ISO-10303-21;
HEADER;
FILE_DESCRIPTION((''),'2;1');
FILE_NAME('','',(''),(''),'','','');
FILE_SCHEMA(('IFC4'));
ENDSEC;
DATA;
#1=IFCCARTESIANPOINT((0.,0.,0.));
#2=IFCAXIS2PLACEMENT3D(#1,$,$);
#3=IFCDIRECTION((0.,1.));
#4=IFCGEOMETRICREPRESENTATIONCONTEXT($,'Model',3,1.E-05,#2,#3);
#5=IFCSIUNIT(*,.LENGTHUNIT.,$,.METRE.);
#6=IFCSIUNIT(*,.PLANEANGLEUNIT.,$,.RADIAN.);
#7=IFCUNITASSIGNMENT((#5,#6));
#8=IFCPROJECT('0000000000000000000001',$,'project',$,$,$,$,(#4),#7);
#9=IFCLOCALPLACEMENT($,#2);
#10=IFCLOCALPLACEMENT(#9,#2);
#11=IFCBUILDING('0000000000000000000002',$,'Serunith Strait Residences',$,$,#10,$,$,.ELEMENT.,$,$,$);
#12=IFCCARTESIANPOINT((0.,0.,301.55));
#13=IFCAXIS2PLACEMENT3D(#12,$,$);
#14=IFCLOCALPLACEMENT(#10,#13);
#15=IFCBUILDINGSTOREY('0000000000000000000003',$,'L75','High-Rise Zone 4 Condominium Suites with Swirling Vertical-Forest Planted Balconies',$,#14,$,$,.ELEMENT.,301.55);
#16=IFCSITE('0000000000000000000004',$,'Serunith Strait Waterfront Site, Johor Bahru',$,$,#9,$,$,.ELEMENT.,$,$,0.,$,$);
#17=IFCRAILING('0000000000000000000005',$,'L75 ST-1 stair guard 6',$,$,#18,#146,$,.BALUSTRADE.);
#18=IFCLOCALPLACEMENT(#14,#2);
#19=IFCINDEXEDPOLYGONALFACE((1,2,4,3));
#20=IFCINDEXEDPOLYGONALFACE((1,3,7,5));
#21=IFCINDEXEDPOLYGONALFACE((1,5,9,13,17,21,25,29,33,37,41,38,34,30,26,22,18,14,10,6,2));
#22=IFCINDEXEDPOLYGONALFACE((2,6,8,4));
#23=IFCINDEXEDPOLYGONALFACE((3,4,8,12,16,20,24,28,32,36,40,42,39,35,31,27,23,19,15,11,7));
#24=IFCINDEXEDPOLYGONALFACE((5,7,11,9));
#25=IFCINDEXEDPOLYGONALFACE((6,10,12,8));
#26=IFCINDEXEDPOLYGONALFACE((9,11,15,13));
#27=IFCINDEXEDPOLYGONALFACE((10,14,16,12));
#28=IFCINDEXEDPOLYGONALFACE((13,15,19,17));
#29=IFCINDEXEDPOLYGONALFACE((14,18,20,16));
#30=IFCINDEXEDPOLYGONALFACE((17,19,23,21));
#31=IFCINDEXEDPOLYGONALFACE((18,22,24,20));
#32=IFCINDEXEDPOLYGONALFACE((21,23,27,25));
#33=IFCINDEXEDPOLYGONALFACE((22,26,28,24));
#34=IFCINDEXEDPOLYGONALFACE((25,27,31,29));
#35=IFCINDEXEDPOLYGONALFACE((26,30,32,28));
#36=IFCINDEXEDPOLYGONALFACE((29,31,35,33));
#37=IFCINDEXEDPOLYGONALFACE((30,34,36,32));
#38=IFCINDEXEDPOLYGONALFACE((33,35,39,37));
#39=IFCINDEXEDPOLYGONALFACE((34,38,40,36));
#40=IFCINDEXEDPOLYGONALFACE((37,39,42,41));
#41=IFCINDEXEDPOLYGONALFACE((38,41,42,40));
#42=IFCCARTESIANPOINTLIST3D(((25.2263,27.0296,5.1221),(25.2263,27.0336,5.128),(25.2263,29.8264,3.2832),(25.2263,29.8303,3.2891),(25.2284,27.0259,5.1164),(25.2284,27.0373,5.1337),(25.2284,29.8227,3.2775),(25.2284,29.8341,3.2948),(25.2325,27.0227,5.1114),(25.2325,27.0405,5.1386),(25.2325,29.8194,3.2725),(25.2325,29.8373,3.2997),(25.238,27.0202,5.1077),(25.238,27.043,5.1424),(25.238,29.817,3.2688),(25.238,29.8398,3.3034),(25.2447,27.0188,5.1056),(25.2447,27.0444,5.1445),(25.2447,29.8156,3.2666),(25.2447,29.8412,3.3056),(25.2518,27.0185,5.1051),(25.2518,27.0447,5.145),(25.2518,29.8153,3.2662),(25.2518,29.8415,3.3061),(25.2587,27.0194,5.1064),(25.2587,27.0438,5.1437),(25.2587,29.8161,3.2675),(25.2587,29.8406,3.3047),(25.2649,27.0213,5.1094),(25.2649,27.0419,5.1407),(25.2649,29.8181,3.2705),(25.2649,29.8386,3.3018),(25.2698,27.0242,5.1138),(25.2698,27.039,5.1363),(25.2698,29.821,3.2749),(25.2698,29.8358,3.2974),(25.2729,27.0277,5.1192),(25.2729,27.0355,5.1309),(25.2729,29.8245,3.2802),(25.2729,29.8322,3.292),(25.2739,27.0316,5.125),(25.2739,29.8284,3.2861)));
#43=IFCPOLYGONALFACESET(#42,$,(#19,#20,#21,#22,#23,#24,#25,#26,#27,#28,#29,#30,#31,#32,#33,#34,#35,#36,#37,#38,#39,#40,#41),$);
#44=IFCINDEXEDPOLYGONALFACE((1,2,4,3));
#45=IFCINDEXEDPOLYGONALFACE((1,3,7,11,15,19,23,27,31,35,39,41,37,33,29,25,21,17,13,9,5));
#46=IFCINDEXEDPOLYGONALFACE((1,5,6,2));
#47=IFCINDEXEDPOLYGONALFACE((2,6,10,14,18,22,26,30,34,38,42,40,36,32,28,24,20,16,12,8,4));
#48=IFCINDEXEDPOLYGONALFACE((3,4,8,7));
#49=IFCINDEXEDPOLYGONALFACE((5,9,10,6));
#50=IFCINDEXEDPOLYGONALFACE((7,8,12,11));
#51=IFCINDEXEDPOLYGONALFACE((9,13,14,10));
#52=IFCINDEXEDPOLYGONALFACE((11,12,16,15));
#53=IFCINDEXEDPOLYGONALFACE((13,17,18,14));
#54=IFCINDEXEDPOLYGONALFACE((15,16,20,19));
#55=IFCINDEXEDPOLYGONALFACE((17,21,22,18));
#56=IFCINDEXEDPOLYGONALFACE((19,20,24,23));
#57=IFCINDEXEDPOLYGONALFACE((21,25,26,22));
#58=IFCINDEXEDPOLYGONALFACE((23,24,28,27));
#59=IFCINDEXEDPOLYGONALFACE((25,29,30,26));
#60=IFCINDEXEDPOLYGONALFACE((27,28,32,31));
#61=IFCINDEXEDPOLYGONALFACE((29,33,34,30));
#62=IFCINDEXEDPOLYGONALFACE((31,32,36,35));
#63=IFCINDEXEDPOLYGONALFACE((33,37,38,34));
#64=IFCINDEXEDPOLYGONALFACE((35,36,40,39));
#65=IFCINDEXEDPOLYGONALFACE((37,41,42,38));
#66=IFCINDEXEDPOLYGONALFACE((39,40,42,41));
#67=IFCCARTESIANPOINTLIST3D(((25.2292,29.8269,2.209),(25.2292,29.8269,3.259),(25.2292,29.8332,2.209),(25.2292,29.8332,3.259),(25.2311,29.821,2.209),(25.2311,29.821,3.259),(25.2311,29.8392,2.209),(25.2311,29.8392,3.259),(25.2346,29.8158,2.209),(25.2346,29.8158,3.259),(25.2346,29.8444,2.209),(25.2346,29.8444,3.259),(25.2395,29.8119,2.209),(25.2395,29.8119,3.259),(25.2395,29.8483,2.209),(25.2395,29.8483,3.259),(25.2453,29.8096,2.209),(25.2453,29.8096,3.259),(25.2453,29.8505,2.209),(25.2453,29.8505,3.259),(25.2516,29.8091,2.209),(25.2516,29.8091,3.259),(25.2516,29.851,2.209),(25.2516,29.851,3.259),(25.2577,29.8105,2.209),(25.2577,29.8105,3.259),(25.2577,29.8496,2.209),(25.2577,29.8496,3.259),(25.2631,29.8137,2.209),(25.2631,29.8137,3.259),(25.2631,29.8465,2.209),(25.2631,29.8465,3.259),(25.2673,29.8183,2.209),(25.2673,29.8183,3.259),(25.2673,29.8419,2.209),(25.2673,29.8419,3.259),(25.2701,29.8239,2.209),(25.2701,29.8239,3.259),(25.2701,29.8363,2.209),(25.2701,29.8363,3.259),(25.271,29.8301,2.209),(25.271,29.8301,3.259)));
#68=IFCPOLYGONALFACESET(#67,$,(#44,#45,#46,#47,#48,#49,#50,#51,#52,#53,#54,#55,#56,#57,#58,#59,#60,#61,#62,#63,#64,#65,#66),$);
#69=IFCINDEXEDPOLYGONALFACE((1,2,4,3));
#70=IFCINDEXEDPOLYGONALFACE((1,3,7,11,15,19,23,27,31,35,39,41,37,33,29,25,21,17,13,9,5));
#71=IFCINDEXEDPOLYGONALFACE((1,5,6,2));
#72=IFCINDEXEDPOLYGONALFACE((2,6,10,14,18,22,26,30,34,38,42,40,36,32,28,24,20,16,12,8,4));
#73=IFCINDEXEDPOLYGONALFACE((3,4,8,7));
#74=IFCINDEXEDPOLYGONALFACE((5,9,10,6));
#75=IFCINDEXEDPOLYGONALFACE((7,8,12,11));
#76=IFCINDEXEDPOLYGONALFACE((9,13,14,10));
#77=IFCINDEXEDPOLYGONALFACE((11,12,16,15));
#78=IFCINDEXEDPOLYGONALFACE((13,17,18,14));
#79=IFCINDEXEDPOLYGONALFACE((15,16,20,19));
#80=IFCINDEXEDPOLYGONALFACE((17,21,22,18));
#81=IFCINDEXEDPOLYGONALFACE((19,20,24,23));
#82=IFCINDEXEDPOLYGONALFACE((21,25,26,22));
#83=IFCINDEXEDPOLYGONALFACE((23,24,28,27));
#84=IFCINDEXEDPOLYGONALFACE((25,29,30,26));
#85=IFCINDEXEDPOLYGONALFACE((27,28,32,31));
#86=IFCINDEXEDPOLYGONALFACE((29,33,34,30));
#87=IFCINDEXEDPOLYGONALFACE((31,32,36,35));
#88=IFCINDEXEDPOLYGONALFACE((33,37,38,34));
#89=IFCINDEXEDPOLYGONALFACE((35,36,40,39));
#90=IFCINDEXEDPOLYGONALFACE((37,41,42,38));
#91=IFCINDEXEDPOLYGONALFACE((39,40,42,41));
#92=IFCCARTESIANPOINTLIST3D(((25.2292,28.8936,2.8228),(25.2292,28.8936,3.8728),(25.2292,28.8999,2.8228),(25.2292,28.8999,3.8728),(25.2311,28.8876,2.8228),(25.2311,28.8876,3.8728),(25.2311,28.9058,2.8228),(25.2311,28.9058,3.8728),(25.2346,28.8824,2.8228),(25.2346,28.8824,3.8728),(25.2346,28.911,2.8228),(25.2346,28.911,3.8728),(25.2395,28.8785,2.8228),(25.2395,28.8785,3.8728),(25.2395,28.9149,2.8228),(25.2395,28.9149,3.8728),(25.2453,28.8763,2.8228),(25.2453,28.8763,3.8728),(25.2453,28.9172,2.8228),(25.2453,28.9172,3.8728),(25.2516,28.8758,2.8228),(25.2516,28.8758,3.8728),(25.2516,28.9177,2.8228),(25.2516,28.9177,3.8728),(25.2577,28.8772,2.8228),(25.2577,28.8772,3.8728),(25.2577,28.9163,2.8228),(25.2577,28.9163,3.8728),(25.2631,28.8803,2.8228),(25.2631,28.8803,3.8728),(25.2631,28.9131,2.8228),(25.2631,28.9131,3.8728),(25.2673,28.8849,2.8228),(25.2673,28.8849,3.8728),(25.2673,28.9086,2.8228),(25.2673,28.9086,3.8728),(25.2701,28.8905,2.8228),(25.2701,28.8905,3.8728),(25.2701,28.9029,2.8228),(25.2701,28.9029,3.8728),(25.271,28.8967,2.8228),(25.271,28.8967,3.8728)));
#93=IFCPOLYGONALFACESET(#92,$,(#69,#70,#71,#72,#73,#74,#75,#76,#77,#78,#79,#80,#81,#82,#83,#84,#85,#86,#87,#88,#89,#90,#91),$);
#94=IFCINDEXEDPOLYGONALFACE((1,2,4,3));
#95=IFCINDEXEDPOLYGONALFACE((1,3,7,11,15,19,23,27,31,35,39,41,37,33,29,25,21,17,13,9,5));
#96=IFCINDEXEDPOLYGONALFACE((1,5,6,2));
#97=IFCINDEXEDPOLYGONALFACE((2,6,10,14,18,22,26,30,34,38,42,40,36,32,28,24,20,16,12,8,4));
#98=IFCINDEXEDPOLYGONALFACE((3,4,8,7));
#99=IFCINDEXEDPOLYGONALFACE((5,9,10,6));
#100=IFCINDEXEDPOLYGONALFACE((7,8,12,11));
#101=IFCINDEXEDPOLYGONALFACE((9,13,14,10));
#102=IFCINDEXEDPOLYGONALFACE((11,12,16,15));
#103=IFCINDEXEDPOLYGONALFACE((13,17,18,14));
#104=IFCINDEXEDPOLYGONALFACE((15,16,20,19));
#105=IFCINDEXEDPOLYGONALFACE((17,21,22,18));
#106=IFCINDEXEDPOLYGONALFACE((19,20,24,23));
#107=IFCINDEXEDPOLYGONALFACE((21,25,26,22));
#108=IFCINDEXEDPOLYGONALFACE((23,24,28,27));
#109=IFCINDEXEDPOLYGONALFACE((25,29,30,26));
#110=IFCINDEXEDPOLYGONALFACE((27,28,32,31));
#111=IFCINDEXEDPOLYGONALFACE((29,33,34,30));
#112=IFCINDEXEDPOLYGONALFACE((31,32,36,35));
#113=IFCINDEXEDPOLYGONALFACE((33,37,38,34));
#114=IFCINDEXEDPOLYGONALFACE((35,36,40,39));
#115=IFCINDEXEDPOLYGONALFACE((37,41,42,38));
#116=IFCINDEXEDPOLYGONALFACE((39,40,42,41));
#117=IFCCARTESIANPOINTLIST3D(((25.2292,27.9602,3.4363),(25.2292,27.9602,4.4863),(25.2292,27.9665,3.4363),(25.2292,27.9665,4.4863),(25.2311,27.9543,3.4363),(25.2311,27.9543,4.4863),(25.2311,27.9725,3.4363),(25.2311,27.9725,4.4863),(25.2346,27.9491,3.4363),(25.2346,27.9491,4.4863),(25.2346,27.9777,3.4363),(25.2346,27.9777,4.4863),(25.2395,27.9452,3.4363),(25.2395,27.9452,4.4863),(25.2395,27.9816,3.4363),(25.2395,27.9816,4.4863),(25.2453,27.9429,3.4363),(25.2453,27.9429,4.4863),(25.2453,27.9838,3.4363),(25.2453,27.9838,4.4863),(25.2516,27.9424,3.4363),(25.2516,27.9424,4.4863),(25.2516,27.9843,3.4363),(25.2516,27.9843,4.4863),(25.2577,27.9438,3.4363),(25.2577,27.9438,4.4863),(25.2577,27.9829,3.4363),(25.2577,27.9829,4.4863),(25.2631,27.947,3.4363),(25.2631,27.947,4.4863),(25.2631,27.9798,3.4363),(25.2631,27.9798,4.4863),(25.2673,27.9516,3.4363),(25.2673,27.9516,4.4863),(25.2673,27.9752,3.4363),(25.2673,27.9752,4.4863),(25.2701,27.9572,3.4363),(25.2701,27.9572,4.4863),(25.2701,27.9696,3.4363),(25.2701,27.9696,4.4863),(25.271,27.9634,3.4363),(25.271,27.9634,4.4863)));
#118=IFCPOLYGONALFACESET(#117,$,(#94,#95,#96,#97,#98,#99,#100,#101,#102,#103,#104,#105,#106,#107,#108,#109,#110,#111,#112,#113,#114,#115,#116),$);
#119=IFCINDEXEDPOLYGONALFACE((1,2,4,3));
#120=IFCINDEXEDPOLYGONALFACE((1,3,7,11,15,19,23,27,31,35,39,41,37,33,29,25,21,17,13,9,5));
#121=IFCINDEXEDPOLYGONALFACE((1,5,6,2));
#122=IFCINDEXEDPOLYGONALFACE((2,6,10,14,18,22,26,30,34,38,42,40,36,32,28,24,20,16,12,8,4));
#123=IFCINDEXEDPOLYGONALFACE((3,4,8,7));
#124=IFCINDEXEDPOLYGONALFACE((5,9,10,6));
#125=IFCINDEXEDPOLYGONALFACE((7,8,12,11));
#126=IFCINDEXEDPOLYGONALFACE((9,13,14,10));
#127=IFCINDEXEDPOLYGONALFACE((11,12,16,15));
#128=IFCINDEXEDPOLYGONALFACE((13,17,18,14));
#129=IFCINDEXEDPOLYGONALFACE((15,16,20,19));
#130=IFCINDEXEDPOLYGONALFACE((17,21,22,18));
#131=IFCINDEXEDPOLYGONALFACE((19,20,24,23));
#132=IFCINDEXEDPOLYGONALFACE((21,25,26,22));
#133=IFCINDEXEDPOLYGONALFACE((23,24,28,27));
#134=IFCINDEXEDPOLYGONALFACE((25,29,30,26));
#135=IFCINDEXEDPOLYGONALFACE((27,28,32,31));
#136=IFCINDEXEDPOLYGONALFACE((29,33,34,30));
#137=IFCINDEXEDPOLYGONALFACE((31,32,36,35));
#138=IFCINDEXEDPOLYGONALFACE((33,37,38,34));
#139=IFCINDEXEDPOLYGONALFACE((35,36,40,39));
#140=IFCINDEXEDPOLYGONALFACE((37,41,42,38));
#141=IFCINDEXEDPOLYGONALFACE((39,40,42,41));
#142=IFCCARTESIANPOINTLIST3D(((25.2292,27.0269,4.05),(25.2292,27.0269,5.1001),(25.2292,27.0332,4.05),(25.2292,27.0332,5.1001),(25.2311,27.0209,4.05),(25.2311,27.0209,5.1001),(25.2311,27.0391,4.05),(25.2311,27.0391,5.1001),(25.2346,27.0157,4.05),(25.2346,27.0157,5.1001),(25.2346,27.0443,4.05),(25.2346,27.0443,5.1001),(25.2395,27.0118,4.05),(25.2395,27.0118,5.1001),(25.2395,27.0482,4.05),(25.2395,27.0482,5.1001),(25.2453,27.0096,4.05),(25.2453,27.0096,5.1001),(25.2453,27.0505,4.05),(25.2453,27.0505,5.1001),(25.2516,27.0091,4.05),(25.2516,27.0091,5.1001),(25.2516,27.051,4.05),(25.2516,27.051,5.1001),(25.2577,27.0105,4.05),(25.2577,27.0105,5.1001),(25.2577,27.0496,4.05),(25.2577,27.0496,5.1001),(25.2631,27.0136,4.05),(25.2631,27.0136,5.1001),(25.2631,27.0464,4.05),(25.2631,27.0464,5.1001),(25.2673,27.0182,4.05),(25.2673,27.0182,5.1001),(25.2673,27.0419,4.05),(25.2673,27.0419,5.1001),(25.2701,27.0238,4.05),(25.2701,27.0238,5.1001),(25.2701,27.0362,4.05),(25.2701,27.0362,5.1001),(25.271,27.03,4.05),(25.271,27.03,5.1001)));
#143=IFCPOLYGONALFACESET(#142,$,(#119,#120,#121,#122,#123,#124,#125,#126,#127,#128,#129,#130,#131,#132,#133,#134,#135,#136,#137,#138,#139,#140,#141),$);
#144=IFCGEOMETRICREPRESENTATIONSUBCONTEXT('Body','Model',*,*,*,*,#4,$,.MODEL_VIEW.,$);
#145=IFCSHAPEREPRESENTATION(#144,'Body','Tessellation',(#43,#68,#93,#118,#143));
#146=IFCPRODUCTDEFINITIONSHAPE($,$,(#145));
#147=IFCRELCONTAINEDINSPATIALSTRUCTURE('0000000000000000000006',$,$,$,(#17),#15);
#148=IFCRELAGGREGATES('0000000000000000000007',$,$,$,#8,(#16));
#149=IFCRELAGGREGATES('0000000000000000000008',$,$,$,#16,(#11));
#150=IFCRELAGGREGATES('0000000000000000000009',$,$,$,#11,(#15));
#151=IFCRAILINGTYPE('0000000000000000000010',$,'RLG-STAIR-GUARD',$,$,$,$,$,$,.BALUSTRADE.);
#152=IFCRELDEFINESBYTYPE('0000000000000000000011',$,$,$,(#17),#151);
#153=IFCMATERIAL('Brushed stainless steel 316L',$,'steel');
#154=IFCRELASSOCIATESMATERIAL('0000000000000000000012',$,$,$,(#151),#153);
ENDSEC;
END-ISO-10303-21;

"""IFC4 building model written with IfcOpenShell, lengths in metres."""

from ifc_helpers import new_model, si_unit, direction, frame, origin, origin_2d, place, context, subcontext, project, spatial, circle, extrude, material, type_object, element, save


model = new_model("IFC4")

# Units and contexts
model_context = context("Model", 3, precision=1e-05, world=origin(), true_north=direction((0.0, 1.0)))
body_context = subcontext(model_context, "Body", "Model", "MODEL_VIEW")
ifc_project = project(units=[si_unit("LENGTHUNIT", "METRE"), si_unit("PLANEANGLEUNIT", "RADIAN")], contexts=[model_context])

# Site, building, storey
site_placement = place(None, origin())
site = spatial("IfcSite", under=ifc_project, at=site_placement, Name="Serunith Strait Waterfront Site, Johor Bahru", CompositionType="ELEMENT", RefElevation=0.0)
building_placement = place(site_placement, origin())
building = spatial("IfcBuilding", under=site, at=building_placement, Name="Serunith Strait Residences", CompositionType="ELEMENT")
storey_placement = place(building_placement, frame((0.0, 0.0, 301.55)))
storey = spatial("IfcBuildingStorey", under=building, at=storey_placement, Name="L75", Description="High-Rise Zone 4 Condominium Suites with Swirling Vertical-Forest Planted Balconies", CompositionType="ELEMENT", Elevation=301.55)

# Railing
ifc_material_1 = material(Name="Brushed stainless steel 316L", Category="steel")
railing_type_1 = type_object("IfcRailingType", Name="RLG-STAIR-GUARD", PredefinedType="BALUSTRADE", material=ifc_material_1)
railing_1_placement = place(storey_placement, frame((25.25, 29.8301, 2.209)))
element("IfcRailing", 1, at=railing_1_placement, inside=storey, type_object=railing_type_1, Name="L75 ST-1 stair guard 6", PredefinedType="BALUSTRADE", context=body_context, shape_type="SweptSolid", body=[
    extrude(circle(Radius=0.0239, at=origin_2d()), frame((0.0, -0.0017, 1.0771), z_axis=(0.0, -0.835564, 0.549393), x_axis=(1.0, 0.0, 0.0)), (0.0, 0.0, 1.0), 3.3472),
    extrude(circle(Radius=0.021, at=origin_2d()), origin(), (0.0, 0.0, 1.0), 1.05),
    extrude(circle(Radius=0.021, at=origin_2d()), frame((0.0, -0.9333, 0.6138)), (0.0, 0.0, 1.0), 1.05),
    extrude(circle(Radius=0.021, at=origin_2d()), frame((0.0, -1.8667, 1.2273)), (0.0, 0.0, 1.0), 1.05),
    extrude(circle(Radius=0.021, at=origin_2d()), frame((0.0, -2.8, 1.8411)), (0.0, 0.0, 1.0), 1.05),
])

save(model, "model.ifc")
